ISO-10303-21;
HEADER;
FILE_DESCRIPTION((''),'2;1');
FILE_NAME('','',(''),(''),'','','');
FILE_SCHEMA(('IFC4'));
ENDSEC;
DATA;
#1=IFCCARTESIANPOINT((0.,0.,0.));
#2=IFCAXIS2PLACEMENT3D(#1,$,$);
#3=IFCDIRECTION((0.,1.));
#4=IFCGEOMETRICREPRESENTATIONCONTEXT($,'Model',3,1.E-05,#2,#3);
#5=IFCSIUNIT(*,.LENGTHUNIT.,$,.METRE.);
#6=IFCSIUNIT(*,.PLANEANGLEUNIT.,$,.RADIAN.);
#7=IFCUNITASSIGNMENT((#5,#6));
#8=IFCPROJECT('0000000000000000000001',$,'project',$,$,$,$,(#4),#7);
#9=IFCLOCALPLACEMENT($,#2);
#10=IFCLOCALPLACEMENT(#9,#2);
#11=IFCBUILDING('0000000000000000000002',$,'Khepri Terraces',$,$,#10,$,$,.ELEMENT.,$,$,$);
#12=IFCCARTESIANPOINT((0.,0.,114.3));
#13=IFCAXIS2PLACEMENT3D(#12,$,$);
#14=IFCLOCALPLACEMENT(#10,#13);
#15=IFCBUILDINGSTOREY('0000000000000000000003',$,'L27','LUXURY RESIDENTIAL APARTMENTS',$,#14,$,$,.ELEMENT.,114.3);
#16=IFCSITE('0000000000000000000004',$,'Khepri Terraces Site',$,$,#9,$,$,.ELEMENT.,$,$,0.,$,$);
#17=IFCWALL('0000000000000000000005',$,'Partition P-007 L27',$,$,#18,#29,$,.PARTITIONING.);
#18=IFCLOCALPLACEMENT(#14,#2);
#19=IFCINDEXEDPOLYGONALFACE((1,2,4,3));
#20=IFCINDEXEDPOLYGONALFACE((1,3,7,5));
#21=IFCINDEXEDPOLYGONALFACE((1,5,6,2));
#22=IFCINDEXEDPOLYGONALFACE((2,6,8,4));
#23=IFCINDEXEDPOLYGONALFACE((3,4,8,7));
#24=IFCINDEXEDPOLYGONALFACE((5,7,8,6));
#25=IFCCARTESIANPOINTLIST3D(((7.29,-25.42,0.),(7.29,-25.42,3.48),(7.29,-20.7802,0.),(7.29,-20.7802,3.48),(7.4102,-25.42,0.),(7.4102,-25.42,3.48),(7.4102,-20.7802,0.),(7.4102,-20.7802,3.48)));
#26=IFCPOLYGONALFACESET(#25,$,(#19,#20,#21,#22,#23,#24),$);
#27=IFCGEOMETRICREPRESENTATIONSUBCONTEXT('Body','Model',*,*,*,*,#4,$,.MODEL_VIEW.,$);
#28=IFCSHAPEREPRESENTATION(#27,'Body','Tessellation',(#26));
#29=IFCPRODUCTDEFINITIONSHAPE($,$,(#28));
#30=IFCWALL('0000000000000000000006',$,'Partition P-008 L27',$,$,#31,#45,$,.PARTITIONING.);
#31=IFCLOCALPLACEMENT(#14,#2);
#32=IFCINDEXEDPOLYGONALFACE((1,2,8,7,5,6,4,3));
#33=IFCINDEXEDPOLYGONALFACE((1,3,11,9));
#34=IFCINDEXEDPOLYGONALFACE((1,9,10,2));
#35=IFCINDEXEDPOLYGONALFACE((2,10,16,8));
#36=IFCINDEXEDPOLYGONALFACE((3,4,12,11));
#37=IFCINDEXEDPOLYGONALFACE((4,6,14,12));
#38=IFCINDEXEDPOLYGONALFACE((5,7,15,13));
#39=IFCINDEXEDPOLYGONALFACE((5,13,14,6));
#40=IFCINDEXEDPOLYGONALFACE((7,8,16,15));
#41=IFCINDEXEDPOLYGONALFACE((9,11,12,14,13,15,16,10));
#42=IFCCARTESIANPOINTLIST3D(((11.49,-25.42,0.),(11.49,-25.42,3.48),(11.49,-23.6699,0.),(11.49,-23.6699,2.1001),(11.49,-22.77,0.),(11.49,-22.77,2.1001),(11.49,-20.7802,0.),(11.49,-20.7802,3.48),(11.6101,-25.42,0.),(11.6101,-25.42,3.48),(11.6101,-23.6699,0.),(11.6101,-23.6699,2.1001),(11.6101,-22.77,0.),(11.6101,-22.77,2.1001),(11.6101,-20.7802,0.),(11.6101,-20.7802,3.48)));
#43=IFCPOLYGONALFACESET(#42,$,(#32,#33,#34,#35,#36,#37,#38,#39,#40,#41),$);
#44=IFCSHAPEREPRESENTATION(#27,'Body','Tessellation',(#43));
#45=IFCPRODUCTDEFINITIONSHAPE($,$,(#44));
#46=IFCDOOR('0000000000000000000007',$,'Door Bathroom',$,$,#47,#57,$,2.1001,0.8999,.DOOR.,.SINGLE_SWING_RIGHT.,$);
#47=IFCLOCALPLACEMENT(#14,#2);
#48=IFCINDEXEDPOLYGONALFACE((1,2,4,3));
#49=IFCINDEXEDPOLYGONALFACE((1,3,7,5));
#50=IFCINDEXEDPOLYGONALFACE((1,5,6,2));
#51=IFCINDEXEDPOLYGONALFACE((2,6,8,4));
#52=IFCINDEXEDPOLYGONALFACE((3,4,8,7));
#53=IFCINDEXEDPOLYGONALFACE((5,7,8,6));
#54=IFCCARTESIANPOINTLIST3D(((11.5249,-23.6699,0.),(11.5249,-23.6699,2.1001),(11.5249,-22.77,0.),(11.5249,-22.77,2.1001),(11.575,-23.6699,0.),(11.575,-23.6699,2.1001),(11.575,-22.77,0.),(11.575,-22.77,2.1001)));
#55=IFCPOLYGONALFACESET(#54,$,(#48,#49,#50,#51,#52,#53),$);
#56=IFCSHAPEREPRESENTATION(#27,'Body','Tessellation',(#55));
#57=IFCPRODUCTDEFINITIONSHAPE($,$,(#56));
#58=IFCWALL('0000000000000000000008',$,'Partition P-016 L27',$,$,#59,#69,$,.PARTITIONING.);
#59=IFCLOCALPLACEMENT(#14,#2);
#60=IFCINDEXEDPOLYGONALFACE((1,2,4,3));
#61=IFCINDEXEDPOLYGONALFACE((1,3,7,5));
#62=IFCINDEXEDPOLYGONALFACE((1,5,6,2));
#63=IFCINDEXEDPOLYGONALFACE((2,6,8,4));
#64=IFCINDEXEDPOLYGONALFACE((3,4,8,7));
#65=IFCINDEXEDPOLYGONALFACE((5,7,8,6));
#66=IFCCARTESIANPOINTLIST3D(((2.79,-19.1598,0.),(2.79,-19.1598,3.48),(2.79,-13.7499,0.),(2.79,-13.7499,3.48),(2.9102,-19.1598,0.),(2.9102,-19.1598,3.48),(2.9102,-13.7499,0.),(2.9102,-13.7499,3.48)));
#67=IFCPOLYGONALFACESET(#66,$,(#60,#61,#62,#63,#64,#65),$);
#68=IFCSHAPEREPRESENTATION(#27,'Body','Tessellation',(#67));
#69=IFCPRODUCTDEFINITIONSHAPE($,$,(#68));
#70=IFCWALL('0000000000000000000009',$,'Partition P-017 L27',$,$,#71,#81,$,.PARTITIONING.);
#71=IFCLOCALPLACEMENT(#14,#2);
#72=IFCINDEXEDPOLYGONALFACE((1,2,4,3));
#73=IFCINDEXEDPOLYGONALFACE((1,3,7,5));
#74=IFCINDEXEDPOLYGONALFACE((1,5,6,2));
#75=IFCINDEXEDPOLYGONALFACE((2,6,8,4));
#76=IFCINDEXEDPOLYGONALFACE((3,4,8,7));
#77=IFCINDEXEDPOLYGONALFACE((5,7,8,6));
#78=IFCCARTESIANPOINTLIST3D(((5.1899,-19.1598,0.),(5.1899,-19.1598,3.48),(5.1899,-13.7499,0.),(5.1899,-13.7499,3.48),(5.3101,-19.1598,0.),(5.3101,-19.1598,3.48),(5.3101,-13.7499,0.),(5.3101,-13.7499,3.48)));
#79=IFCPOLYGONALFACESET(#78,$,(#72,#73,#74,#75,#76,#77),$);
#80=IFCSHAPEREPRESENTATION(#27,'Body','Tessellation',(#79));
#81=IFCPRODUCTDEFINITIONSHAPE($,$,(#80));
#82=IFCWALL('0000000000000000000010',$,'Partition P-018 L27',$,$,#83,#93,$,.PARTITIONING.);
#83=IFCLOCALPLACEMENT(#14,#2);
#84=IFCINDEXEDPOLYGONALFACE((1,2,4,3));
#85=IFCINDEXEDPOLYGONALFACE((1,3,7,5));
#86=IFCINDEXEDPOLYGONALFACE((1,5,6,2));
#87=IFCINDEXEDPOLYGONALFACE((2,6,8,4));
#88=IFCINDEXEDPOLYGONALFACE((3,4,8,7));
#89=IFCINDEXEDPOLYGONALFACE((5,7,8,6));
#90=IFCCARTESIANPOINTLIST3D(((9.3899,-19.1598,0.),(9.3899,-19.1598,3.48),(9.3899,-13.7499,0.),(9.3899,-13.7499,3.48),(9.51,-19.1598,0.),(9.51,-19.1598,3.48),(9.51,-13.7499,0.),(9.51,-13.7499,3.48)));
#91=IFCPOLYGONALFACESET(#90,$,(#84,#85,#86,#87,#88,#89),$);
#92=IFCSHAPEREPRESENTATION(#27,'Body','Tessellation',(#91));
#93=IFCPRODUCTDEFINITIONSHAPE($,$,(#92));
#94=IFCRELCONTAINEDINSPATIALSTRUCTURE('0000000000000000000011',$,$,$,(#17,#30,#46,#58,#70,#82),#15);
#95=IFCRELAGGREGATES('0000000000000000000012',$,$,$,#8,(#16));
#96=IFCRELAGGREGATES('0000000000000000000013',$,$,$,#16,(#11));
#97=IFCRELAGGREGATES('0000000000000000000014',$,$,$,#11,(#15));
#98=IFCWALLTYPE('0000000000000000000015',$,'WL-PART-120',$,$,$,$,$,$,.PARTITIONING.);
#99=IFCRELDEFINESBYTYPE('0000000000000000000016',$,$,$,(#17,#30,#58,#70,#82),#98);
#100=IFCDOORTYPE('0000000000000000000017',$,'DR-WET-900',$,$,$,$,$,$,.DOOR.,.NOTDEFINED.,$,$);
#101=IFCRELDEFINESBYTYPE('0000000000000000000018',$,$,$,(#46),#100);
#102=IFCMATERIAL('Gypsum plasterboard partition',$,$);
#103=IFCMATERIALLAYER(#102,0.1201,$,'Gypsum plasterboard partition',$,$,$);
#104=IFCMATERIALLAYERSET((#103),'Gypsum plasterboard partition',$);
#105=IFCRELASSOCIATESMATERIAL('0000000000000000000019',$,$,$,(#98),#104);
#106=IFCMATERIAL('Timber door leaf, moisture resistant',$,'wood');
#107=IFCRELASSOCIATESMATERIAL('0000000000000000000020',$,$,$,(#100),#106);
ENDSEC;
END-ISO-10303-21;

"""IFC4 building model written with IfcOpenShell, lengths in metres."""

from ifc_helpers import new_model, si_unit, direction, frame, frame_2d, origin, place, context, subcontext, project, spatial, rectangle, extrude, material, layer, layer_set, type_object, element, fill, save


model = new_model("IFC4")

# Units and contexts
model_context = context("Model", 3, precision=1e-05, world=origin(), true_north=direction((0.0, 1.0)))
body_context = subcontext(model_context, "Body", "Model", "MODEL_VIEW")
ifc_project = project(units=[si_unit("LENGTHUNIT", "METRE"), si_unit("PLANEANGLEUNIT", "RADIAN")], contexts=[model_context])

# Site, building, storey
site_placement = place(None, origin())
site = spatial("IfcSite", under=ifc_project, at=site_placement, Name="Khepri Terraces Site", CompositionType="ELEMENT", RefElevation=0.0)
building_placement = place(site_placement, origin())
building = spatial("IfcBuilding", under=site, at=building_placement, Name="Khepri Terraces", CompositionType="ELEMENT")
storey_placement = place(building_placement, frame((0.0, 0.0, 114.3)))
storey = spatial("IfcBuildingStorey", under=building, at=storey_placement, Name="L27", Description="LUXURY RESIDENTIAL APARTMENTS", CompositionType="ELEMENT", Elevation=114.3)

# Shared definitions
ifc_material_1 = material(Name="Gypsum plasterboard partition")
ifc_layer_1 = layer(ifc_material_1, 0.1201, Name="Gypsum plasterboard partition")
ifc_layer_set_1 = layer_set([ifc_layer_1], Name="Gypsum plasterboard partition")
wall_type_1 = type_object("IfcWallType", Name="WL-PART-120", PredefinedType="PARTITIONING", material=ifc_layer_set_1)

# Shared definitions
ifc_material_2 = material(Name="Timber door leaf, moisture resistant", Category="wood")
door_type_1 = type_object("IfcDoorType", Name="DR-WET-900", OperationType="NOTDEFINED", PredefinedType="DOOR", material=ifc_material_2)

# Wall
wall_1_placement = place(storey_placement, frame((7.3501, -25.4199, 0.0), z_axis=(0.0, 0.0, 1.0), x_axis=(0.0, 1.0, 0.0)))
element("IfcWall", 1, at=wall_1_placement, inside=storey, type_object=wall_type_1, Name="Partition P-007 L27", PredefinedType="PARTITIONING", context=body_context, shape_type="SweptSolid", body=[
    extrude(rectangle(XDim=4.6399, YDim=0.1201, at=frame_2d((2.3198, 0.0))), origin(), (0.0, 0.0, 1.0), 3.48),
])

# Wall, opening, door
wall_2_placement = place(storey_placement, frame((11.55, -25.4199, 0.0), z_axis=(0.0, 0.0, 1.0), x_axis=(0.0, 1.0, 0.0)))
wall_2 = element("IfcWall", 2, at=wall_2_placement, inside=storey, type_object=wall_type_1, Name="Partition P-008 L27", PredefinedType="PARTITIONING", context=body_context, shape_type="SweptSolid", body=[
    extrude(rectangle(XDim=4.6399, YDim=0.1201, at=frame_2d((2.3198, 0.0))), origin(), (0.0, 0.0, 1.0), 3.48),
])
opening_1_placement = place(wall_2_placement, frame((1.75, 0.0, 0.0)))
opening_1 = element("IfcOpeningElement", 3, at=opening_1_placement, cuts=wall_2, PredefinedType="OPENING", context=body_context, shape_type="SweptSolid", body=[
    extrude(rectangle(XDim=0.8999, YDim=2.1001, at=frame_2d((0.45, 1.05))), frame((0.0, 0.0701, 0.0), z_axis=(0.0, -1.0, 0.0), x_axis=(1.0, 0.0, 0.0)), (0.0, 0.0, 1.0), 0.1401),
])
door_1_placement = place(opening_1_placement, frame((0.8999, 0.0, 0.0), z_axis=(0.0, 0.0, 1.0), x_axis=(-1.0, 0.0, 0.0)))
door_1 = element("IfcDoor", 4, at=door_1_placement, inside=storey, type_object=door_type_1, Name="Door Bathroom", OperationType="SINGLE_SWING_RIGHT", OverallHeight=2.1001, OverallWidth=0.8999, PredefinedType="DOOR", context=body_context, shape_type="SweptSolid", body=[
    extrude(rectangle(XDim=0.8999, YDim=2.1001, at=frame_2d((0.45, 1.05))), frame((0.0, 0.0249, 0.0), z_axis=(0.0, -1.0, 0.0), x_axis=(1.0, 0.0, 0.0)), (0.0, 0.0, 1.0), 0.05),
])
fill(opening_1, door_1)

# Walls
for number, where, z_axis, x_axis, name in (
    (5, (2.8501, -19.1599, 0.0), (0.0, 0.0, 1.0), (0.0, 1.0, 0.0), "Partition P-016 L27"),
    (6, (5.25, -19.1599, 0.0), (0.0, 0.0, 1.0), (0.0, 1.0, 0.0), "Partition P-017 L27"),
    (7, (9.45, -19.1599, 0.0), (0.0, 0.0, 1.0), (0.0, 1.0, 0.0), "Partition P-018 L27"),
):
    element("IfcWall", number, at=place(storey_placement, frame(where, z_axis=z_axis, x_axis=x_axis)), inside=storey, type_object=wall_type_1, Name=name, PredefinedType="PARTITIONING", context=body_context, shape_type="SweptSolid", body=[
        extrude(rectangle(XDim=5.4099, YDim=0.1201, at=frame_2d((2.7051, 0.0))), origin(), (0.0, 0.0, 1.0), 3.48),
    ])

save(model, "model.ifc")
